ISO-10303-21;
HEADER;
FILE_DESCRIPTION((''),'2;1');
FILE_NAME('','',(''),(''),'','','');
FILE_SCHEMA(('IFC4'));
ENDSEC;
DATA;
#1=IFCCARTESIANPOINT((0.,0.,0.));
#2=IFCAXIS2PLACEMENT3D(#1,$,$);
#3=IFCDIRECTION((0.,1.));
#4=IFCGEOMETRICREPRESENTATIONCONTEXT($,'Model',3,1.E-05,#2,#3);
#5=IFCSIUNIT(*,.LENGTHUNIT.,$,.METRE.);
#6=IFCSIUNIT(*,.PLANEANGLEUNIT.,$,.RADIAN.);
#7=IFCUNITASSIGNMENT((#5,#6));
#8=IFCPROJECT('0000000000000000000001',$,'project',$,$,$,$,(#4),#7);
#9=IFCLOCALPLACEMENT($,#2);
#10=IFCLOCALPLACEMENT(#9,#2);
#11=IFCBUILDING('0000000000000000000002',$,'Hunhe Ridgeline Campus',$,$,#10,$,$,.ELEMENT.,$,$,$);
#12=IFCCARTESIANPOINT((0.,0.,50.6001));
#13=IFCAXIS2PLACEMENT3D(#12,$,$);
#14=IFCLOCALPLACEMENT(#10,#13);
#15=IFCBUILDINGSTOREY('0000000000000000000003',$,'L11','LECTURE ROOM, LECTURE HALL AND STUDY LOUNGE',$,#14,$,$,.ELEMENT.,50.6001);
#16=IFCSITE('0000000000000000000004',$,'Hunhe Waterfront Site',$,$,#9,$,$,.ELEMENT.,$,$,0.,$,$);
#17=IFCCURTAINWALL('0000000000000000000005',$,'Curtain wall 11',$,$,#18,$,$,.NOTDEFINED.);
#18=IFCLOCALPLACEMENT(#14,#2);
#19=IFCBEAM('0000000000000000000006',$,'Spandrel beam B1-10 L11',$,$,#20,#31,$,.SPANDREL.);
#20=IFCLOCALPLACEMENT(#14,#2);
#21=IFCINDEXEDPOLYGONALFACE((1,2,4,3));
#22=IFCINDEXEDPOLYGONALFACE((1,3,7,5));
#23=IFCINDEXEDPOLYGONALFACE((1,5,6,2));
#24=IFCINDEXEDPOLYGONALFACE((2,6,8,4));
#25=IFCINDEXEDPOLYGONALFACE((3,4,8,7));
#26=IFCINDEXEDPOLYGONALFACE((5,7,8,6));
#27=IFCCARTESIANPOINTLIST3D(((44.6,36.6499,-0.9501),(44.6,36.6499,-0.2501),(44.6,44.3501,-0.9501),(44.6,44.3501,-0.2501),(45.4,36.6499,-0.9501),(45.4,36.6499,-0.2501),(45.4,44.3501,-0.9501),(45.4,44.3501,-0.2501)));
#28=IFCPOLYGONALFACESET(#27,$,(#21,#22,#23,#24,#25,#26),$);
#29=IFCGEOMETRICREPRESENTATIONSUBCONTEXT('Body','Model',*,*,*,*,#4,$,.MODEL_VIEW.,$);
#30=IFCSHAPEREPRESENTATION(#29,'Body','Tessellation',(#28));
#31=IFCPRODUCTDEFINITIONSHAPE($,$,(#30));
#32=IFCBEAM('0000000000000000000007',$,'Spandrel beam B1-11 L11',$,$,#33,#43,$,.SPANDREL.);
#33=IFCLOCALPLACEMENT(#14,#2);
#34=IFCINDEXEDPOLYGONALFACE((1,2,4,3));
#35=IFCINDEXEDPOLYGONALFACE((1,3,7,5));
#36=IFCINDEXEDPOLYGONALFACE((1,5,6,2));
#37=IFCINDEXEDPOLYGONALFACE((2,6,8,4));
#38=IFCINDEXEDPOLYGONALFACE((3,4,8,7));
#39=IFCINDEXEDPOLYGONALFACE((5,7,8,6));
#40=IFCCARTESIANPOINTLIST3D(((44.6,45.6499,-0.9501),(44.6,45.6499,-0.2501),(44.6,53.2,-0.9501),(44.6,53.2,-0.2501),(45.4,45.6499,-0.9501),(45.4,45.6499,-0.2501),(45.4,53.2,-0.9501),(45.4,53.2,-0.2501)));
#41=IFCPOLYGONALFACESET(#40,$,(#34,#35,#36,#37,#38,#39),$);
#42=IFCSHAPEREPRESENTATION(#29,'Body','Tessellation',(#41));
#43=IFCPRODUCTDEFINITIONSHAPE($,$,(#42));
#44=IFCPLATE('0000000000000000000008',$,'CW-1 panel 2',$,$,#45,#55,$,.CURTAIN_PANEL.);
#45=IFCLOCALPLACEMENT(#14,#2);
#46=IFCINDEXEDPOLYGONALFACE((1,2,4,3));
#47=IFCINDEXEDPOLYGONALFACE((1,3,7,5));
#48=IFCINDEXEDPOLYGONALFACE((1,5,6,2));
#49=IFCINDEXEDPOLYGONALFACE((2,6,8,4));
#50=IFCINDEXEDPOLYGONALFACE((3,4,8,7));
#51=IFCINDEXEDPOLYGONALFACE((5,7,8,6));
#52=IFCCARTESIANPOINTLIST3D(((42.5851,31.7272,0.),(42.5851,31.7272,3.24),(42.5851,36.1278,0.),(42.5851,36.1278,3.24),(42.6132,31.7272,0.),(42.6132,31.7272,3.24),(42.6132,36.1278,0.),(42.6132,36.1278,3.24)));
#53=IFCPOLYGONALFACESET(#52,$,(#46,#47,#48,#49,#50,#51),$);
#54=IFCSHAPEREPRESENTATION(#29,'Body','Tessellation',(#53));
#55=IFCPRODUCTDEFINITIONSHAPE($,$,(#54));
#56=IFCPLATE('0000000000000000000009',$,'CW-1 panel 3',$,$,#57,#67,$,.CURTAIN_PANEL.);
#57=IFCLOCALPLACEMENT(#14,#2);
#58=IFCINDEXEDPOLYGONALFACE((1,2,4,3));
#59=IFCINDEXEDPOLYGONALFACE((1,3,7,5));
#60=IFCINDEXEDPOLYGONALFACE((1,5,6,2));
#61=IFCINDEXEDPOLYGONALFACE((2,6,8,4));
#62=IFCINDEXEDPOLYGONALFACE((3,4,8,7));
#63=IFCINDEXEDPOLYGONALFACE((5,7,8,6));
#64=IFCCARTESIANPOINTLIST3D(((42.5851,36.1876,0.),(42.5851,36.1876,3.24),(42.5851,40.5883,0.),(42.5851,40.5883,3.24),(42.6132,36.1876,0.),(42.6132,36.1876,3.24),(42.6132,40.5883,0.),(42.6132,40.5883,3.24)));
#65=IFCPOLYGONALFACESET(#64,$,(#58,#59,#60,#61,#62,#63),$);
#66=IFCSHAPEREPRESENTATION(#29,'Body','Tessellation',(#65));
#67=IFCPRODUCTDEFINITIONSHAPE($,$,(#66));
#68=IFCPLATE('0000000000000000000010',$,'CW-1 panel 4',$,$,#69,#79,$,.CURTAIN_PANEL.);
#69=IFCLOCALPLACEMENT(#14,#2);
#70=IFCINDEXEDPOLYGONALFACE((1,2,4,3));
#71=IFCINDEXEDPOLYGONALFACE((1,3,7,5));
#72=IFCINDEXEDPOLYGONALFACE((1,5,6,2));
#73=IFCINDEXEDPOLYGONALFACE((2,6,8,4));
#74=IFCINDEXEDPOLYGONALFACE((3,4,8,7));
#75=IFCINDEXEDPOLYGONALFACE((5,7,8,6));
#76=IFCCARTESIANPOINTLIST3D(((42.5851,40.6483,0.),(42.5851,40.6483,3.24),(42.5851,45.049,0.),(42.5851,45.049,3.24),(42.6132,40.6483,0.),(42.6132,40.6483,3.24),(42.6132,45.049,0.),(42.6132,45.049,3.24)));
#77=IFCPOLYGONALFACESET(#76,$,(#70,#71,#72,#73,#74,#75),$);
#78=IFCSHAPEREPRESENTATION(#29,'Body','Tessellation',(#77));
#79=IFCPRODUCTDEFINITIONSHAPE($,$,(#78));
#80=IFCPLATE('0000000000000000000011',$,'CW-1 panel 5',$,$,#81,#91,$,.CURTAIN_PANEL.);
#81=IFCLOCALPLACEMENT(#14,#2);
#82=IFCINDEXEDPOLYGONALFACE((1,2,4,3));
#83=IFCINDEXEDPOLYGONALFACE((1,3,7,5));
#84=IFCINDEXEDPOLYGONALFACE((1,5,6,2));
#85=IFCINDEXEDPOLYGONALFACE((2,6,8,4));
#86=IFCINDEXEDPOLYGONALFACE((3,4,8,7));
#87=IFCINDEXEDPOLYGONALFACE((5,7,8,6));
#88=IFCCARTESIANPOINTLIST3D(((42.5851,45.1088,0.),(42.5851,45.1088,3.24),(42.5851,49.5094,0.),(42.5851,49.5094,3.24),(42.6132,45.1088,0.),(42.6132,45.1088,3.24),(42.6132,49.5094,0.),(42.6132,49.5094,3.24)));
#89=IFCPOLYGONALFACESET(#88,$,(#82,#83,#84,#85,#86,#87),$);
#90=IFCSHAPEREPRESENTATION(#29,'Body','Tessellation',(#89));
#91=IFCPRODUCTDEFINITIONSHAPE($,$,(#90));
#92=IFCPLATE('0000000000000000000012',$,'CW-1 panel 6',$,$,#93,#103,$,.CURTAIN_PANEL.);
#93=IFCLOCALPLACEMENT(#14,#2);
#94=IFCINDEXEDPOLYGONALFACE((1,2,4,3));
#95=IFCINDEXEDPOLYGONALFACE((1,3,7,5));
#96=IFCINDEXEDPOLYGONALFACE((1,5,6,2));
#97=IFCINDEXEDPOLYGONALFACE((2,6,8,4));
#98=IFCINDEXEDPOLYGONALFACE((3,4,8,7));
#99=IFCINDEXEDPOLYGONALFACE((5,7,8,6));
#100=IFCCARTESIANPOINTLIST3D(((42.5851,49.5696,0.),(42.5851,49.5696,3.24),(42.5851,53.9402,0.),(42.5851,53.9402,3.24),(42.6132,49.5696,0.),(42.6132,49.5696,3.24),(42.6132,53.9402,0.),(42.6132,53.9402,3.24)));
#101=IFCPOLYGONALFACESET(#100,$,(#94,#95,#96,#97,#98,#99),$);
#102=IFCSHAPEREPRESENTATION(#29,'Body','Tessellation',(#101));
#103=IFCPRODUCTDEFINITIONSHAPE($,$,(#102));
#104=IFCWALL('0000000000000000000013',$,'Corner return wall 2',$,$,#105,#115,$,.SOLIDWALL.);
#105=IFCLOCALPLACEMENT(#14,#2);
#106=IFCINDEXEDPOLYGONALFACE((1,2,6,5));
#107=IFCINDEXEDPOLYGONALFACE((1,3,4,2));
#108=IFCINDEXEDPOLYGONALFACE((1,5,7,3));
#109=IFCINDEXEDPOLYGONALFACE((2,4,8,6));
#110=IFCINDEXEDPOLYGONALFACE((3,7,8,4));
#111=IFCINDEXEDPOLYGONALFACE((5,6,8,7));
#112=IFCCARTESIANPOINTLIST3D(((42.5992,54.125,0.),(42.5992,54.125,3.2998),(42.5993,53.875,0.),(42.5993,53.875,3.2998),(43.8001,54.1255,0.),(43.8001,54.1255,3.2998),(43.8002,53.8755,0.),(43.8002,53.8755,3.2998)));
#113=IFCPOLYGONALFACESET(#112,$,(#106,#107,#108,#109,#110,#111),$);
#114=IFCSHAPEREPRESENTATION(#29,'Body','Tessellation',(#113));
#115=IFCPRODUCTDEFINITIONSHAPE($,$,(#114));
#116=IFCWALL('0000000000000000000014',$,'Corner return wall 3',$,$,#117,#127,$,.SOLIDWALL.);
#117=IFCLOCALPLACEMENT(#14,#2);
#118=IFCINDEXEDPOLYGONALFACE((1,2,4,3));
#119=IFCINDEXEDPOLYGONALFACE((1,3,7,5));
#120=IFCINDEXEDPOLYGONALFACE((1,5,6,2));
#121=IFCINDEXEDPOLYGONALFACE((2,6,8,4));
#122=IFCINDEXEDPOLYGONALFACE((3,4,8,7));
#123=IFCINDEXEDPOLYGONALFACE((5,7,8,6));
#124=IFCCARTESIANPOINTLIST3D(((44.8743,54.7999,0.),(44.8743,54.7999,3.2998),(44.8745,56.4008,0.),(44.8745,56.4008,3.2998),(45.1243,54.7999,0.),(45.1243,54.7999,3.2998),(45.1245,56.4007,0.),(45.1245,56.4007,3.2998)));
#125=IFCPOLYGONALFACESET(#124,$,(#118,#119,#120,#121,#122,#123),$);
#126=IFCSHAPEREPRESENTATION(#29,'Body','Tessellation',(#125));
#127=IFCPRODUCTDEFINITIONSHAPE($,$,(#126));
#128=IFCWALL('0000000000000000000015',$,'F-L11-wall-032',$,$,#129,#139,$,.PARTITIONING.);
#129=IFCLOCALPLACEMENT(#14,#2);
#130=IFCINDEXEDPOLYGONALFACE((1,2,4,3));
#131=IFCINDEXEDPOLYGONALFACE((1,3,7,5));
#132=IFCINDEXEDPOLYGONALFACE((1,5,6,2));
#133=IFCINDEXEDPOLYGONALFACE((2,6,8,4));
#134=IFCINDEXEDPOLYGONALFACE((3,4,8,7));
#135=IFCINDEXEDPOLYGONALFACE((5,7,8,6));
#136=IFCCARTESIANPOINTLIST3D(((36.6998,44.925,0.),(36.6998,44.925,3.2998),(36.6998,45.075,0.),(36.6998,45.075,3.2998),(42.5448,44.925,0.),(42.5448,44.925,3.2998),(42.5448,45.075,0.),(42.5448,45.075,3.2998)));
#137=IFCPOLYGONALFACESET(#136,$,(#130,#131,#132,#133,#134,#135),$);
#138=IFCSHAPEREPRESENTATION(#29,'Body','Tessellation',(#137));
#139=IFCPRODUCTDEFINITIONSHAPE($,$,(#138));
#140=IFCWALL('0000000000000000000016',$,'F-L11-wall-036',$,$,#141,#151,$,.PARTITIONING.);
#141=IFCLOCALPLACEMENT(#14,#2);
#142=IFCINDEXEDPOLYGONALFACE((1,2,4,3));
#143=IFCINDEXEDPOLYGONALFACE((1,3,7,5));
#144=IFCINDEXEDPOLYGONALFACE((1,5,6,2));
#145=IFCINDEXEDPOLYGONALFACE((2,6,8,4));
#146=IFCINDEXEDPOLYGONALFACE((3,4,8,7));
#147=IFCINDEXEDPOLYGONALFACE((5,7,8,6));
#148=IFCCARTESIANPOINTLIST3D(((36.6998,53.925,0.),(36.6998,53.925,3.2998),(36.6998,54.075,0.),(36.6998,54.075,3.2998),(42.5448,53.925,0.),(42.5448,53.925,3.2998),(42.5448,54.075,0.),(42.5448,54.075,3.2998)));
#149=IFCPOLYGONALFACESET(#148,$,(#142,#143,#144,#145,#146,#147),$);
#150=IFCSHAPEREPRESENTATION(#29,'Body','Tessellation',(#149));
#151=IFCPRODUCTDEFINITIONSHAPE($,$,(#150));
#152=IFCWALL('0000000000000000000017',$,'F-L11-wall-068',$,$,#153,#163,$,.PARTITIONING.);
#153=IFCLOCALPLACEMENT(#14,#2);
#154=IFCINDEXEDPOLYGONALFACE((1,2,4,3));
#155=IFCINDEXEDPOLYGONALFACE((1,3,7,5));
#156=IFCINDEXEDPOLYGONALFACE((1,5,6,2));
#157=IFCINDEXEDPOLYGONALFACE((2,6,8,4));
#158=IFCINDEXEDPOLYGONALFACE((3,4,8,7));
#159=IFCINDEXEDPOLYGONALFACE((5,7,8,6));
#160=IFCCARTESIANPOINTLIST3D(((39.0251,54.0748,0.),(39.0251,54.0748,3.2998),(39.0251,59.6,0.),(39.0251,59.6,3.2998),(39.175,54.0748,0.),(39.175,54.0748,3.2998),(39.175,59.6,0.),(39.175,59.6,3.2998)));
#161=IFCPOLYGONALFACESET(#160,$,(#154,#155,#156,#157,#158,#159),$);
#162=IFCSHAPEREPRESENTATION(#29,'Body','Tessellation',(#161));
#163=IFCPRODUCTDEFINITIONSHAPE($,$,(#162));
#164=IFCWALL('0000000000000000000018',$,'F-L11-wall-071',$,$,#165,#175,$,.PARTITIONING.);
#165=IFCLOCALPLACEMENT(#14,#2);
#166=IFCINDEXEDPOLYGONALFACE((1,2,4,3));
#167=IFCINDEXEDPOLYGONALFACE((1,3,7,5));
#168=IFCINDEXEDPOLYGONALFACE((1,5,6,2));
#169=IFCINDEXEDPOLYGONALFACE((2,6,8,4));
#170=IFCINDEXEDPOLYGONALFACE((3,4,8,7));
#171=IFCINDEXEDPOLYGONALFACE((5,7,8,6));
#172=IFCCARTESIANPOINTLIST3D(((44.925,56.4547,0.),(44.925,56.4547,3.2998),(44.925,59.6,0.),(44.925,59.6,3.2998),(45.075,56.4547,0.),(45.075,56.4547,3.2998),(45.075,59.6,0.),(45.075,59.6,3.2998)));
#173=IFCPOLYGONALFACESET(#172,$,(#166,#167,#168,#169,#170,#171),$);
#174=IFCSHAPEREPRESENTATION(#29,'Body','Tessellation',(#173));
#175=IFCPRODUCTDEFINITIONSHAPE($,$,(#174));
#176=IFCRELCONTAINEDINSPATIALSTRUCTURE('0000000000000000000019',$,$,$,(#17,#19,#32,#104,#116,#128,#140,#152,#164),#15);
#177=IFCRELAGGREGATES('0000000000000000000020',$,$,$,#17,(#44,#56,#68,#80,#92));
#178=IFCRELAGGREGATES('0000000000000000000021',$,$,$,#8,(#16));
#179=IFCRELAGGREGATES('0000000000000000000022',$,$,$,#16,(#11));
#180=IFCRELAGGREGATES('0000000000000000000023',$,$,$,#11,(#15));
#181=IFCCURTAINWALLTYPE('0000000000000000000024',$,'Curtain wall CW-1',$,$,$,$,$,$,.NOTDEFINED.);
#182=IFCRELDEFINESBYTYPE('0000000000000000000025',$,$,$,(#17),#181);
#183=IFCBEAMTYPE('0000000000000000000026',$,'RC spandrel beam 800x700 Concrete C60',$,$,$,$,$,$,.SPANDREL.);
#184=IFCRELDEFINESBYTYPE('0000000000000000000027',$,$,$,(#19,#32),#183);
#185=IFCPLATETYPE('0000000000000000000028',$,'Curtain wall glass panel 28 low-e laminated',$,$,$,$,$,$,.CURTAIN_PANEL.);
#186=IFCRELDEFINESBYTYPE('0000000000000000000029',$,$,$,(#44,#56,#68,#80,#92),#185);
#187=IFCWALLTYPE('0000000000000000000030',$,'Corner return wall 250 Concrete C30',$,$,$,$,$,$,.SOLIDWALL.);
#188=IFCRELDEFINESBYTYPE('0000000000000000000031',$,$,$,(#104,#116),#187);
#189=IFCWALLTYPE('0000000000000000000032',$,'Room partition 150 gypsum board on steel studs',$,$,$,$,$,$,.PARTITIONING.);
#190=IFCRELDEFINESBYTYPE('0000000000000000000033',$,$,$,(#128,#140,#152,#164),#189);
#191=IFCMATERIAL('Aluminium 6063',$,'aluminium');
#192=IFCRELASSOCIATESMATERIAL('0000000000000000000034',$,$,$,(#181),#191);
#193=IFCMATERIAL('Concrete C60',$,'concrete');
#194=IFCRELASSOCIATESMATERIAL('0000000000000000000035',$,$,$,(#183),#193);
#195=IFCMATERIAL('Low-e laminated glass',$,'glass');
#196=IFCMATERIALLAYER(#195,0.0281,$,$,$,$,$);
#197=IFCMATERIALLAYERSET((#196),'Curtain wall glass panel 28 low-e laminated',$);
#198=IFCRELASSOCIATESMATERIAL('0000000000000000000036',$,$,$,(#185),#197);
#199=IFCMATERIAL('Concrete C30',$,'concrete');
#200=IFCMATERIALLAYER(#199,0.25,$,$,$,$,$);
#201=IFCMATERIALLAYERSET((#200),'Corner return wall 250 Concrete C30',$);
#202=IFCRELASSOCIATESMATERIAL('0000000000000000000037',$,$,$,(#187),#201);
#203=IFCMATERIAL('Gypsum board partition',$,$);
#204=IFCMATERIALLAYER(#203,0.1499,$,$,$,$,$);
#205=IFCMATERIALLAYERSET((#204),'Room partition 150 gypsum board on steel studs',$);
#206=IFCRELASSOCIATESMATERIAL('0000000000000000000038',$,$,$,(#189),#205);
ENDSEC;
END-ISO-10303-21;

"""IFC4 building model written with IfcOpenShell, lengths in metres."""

from ifc_helpers import new_model, si_unit, direction, frame, frame_2d, origin, origin_2d, place, context, subcontext, project, spatial, rectangle, extrude, material, layer, layer_set, material_profile, profile_set, type_object, element, aggregate, save


model = new_model("IFC4")

# Units and contexts
model_context = context("Model", 3, precision=1e-05, world=origin(), true_north=direction((0.0, 1.0)))
body_context = subcontext(model_context, "Body", "Model", "MODEL_VIEW")
ifc_project = project(units=[si_unit("LENGTHUNIT", "METRE"), si_unit("PLANEANGLEUNIT", "RADIAN")], contexts=[model_context])

# Site, building, storey
site_placement = place(None, origin())
site = spatial("IfcSite", under=ifc_project, at=site_placement, Name="Hunhe Waterfront Site", CompositionType="ELEMENT", RefElevation=0.0)
building_placement = place(site_placement, origin())
building = spatial("IfcBuilding", under=site, at=building_placement, Name="Hunhe Ridgeline Campus", CompositionType="ELEMENT")
storey_placement = place(building_placement, frame((0.0, 0.0, 50.6001)))
storey = spatial("IfcBuildingStorey", under=building, at=storey_placement, Name="L11", Description="LECTURE ROOM, LECTURE HALL AND STUDY LOUNGE", CompositionType="ELEMENT", Elevation=50.6001)

# Curtain wall
ifc_material_1 = material(Name="Aluminium 6063", Category="aluminium")
curtain_wall_type = type_object("IfcCurtainWallType", Name="Curtain wall CW-1", PredefinedType="NOTDEFINED", material=ifc_material_1)
curtain_wall_1_placement = place(storey_placement, origin())
curtain_wall_1 = element("IfcCurtainWall", 1, at=curtain_wall_1_placement, inside=storey, type_object=curtain_wall_type, Name="Curtain wall 11", PredefinedType="NOTDEFINED")

# Beams
ifc_material_2 = material(Name="Concrete C60", Category="concrete")
ifc_material_profile_1 = material_profile(ifc_material_2, rectangle(XDim=0.8, YDim=0.7, at=origin_2d()))
ifc_profile_set_1 = profile_set([ifc_material_profile_1], Name="Concrete C60")
beam_type = type_object("IfcBeamType", Name="RC spandrel beam 800x700 Concrete C60", PredefinedType="SPANDREL", material=ifc_profile_set_1)
beam_1_placement = place(storey_placement, frame((45.0, 36.6499, -0.6001), z_axis=(0.0, 1.0, 0.0), x_axis=(-1.0, 0.0, 0.0)))
element("IfcBeam", 2, at=beam_1_placement, inside=storey, type_object=beam_type, Name="Spandrel beam B1-10 L11", PredefinedType="SPANDREL", context=body_context, shape_type="SweptSolid", body=[
    extrude(rectangle(XDim=0.8, YDim=0.7, at=origin_2d()), origin(), (0.0, 0.0, 1.0), 7.7002),
])
beam_2_placement = place(storey_placement, frame((45.0, 45.6499, -0.6001), z_axis=(0.0, 1.0, 0.0), x_axis=(-1.0, 0.0, 0.0)))
element("IfcBeam", 3, at=beam_2_placement, inside=storey, type_object=beam_type, Name="Spandrel beam B1-11 L11", PredefinedType="SPANDREL", context=body_context, shape_type="SweptSolid", body=[
    extrude(rectangle(XDim=0.8, YDim=0.7, at=origin_2d()), origin(), (0.0, 0.0, 1.0), 7.55),
])

# Plates
ifc_material_3 = material(Name="Low-e laminated glass", Category="glass")
ifc_layer_1 = layer(ifc_material_3, 0.0281)
ifc_layer_set_1 = layer_set([ifc_layer_1], Name="Curtain wall glass panel 28 low-e laminated")
plate_type = type_object("IfcPlateType", Name="Curtain wall glass panel 28 low-e laminated", PredefinedType="CURTAIN_PANEL", material=ifc_layer_set_1)
plate_1_placement = place(storey_placement, frame((42.5991, 33.9275, 0.0), z_axis=(0.0, 0.0, 1.0), x_axis=(0.0, 1.0, 0.0)))
plate_1 = element("IfcPlate", 4, at=plate_1_placement, type_object=plate_type, Name="CW-1 panel 2", PredefinedType="CURTAIN_PANEL", context=body_context, shape_type="SweptSolid", body=[
    extrude(rectangle(XDim=4.4006, YDim=0.0281, at=origin_2d()), origin(), (0.0, 0.0, 1.0), 3.24),
])
plate_2_placement = place(storey_placement, frame((42.5991, 38.3879, 0.0), z_axis=(0.0, 0.0, 1.0), x_axis=(0.0, 1.0, 0.0)))
plate_2 = element("IfcPlate", 5, at=plate_2_placement, type_object=plate_type, Name="CW-1 panel 3", PredefinedType="CURTAIN_PANEL", context=body_context, shape_type="SweptSolid", body=[
    extrude(rectangle(XDim=4.4006, YDim=0.0281, at=origin_2d()), origin(), (0.0, 0.0, 1.0), 3.24),
])
plate_3_placement = place(storey_placement, frame((42.5991, 42.8486, 0.0), z_axis=(0.0, 0.0, 1.0), x_axis=(0.0, 1.0, 0.0)))
plate_3 = element("IfcPlate", 6, at=plate_3_placement, type_object=plate_type, Name="CW-1 panel 4", PredefinedType="CURTAIN_PANEL", context=body_context, shape_type="SweptSolid", body=[
    extrude(rectangle(XDim=4.4006, YDim=0.0281, at=origin_2d()), origin(), (0.0, 0.0, 1.0), 3.24),
])
plate_4_placement = place(storey_placement, frame((42.5991, 47.3091, 0.0), z_axis=(0.0, 0.0, 1.0), x_axis=(0.0, 1.0, 0.0)))
plate_4 = element("IfcPlate", 7, at=plate_4_placement, type_object=plate_type, Name="CW-1 panel 5", PredefinedType="CURTAIN_PANEL", context=body_context, shape_type="SweptSolid", body=[
    extrude(rectangle(XDim=4.4006, YDim=0.0281, at=origin_2d()), origin(), (0.0, 0.0, 1.0), 3.24),
])
plate_5_placement = place(storey_placement, frame((42.5991, 51.7549, 0.0), z_axis=(0.0, 0.0, 1.0), x_axis=(0.0, 1.0, 0.0)))
plate_5 = element("IfcPlate", 8, at=plate_5_placement, type_object=plate_type, Name="CW-1 panel 6", PredefinedType="CURTAIN_PANEL", context=body_context, shape_type="SweptSolid", body=[
    extrude(rectangle(XDim=4.3706, YDim=0.0281, at=origin_2d()), origin(), (0.0, 0.0, 1.0), 3.24),
])
aggregate(curtain_wall_1, [plate_1, plate_2, plate_3, plate_4, plate_5])

# Walls
ifc_material_4 = material(Name="Concrete C30", Category="concrete")
ifc_layer_2 = layer(ifc_material_4, 0.25)
ifc_layer_set_2 = layer_set([ifc_layer_2], Name="Corner return wall 250 Concrete C30")
wall_type_1 = type_object("IfcWallType", Name="Corner return wall 250 Concrete C30", PredefinedType="SOLIDWALL", material=ifc_layer_set_2)
wall_1_placement = place(storey_placement, frame((42.5991, 54.0, 0.0), z_axis=(0.0, 0.0, 1.0), x_axis=(1.0, 0.000407, 0.0)))
element("IfcWall", 9, at=wall_1_placement, inside=storey, type_object=wall_type_1, Name="Corner return wall 2", PredefinedType="SOLIDWALL", context=body_context, shape_type="SweptSolid", body=[
    extrude(rectangle(XDim=1.2009, YDim=0.25, at=frame_2d((0.6006, 0.0))), origin(), (0.0, 0.0, 1.0), 3.2998),
])
wall_2_placement = place(storey_placement, frame((44.9993, 54.8, 0.0), z_axis=(0.0, 0.0, 1.0), x_axis=(0.000153, 1.0, 0.0)))
element("IfcWall", 10, at=wall_2_placement, inside=storey, type_object=wall_type_1, Name="Corner return wall 3", PredefinedType="SOLIDWALL", context=body_context, shape_type="SweptSolid", body=[
    extrude(rectangle(XDim=1.6008, YDim=0.25, at=frame_2d((0.8003, 0.0))), origin(), (0.0, 0.0, 1.0), 3.2998),
])
ifc_material_5 = material(Name="Gypsum board partition")
ifc_layer_3 = layer(ifc_material_5, 0.1499)
ifc_layer_set_3 = layer_set([ifc_layer_3], Name="Room partition 150 gypsum board on steel studs")
wall_type_2 = type_object("IfcWallType", Name="Room partition 150 gypsum board on steel studs", PredefinedType="PARTITIONING", material=ifc_layer_set_3)
for number, where, z_axis, x_axis, name in (
    (11, (36.7, 45.0, 0.0), (0.0, 0.0, 1.0), (1.0, 0.0, 0.0), "F-L11-wall-032"),
    (12, (36.7, 54.0, 0.0), (0.0, 0.0, 1.0), (1.0, 0.0, 0.0), "F-L11-wall-036"),
):
    element("IfcWall", number, at=place(storey_placement, frame(where, z_axis=z_axis, x_axis=x_axis)), inside=storey, type_object=wall_type_2, Name=name, PredefinedType="PARTITIONING", context=body_context, shape_type="SweptSolid", body=[
        extrude(rectangle(XDim=5.845, YDim=0.1499, at=frame_2d((2.9224, 0.0))), origin(), (0.0, 0.0, 1.0), 3.2998),
    ])
wall_3_placement = place(storey_placement, frame((39.1001, 59.6001, 0.0), z_axis=(0.0, 0.0, 1.0), x_axis=(0.0, -1.0, 0.0)))
element("IfcWall", 13, at=wall_3_placement, inside=storey, type_object=wall_type_2, Name="F-L11-wall-068", PredefinedType="PARTITIONING", context=body_context, shape_type="SweptSolid", body=[
    extrude(rectangle(XDim=5.5251, YDim=0.1499, at=frame_2d((2.7627, 0.0))), origin(), (0.0, 0.0, 1.0), 3.2998),
])
wall_4_placement = place(storey_placement, frame((45.0, 59.6001, 0.0), z_axis=(0.0, 0.0, 1.0), x_axis=(0.0, -1.0, 0.0)))
element("IfcWall", 14, at=wall_4_placement, inside=storey, type_object=wall_type_2, Name="F-L11-wall-071", PredefinedType="PARTITIONING", context=body_context, shape_type="SweptSolid", body=[
    extrude(rectangle(XDim=3.1453, YDim=0.1499, at=frame_2d((1.5728, 0.0))), origin(), (0.0, 0.0, 1.0), 3.2998),
])

save(model, "model.ifc")
